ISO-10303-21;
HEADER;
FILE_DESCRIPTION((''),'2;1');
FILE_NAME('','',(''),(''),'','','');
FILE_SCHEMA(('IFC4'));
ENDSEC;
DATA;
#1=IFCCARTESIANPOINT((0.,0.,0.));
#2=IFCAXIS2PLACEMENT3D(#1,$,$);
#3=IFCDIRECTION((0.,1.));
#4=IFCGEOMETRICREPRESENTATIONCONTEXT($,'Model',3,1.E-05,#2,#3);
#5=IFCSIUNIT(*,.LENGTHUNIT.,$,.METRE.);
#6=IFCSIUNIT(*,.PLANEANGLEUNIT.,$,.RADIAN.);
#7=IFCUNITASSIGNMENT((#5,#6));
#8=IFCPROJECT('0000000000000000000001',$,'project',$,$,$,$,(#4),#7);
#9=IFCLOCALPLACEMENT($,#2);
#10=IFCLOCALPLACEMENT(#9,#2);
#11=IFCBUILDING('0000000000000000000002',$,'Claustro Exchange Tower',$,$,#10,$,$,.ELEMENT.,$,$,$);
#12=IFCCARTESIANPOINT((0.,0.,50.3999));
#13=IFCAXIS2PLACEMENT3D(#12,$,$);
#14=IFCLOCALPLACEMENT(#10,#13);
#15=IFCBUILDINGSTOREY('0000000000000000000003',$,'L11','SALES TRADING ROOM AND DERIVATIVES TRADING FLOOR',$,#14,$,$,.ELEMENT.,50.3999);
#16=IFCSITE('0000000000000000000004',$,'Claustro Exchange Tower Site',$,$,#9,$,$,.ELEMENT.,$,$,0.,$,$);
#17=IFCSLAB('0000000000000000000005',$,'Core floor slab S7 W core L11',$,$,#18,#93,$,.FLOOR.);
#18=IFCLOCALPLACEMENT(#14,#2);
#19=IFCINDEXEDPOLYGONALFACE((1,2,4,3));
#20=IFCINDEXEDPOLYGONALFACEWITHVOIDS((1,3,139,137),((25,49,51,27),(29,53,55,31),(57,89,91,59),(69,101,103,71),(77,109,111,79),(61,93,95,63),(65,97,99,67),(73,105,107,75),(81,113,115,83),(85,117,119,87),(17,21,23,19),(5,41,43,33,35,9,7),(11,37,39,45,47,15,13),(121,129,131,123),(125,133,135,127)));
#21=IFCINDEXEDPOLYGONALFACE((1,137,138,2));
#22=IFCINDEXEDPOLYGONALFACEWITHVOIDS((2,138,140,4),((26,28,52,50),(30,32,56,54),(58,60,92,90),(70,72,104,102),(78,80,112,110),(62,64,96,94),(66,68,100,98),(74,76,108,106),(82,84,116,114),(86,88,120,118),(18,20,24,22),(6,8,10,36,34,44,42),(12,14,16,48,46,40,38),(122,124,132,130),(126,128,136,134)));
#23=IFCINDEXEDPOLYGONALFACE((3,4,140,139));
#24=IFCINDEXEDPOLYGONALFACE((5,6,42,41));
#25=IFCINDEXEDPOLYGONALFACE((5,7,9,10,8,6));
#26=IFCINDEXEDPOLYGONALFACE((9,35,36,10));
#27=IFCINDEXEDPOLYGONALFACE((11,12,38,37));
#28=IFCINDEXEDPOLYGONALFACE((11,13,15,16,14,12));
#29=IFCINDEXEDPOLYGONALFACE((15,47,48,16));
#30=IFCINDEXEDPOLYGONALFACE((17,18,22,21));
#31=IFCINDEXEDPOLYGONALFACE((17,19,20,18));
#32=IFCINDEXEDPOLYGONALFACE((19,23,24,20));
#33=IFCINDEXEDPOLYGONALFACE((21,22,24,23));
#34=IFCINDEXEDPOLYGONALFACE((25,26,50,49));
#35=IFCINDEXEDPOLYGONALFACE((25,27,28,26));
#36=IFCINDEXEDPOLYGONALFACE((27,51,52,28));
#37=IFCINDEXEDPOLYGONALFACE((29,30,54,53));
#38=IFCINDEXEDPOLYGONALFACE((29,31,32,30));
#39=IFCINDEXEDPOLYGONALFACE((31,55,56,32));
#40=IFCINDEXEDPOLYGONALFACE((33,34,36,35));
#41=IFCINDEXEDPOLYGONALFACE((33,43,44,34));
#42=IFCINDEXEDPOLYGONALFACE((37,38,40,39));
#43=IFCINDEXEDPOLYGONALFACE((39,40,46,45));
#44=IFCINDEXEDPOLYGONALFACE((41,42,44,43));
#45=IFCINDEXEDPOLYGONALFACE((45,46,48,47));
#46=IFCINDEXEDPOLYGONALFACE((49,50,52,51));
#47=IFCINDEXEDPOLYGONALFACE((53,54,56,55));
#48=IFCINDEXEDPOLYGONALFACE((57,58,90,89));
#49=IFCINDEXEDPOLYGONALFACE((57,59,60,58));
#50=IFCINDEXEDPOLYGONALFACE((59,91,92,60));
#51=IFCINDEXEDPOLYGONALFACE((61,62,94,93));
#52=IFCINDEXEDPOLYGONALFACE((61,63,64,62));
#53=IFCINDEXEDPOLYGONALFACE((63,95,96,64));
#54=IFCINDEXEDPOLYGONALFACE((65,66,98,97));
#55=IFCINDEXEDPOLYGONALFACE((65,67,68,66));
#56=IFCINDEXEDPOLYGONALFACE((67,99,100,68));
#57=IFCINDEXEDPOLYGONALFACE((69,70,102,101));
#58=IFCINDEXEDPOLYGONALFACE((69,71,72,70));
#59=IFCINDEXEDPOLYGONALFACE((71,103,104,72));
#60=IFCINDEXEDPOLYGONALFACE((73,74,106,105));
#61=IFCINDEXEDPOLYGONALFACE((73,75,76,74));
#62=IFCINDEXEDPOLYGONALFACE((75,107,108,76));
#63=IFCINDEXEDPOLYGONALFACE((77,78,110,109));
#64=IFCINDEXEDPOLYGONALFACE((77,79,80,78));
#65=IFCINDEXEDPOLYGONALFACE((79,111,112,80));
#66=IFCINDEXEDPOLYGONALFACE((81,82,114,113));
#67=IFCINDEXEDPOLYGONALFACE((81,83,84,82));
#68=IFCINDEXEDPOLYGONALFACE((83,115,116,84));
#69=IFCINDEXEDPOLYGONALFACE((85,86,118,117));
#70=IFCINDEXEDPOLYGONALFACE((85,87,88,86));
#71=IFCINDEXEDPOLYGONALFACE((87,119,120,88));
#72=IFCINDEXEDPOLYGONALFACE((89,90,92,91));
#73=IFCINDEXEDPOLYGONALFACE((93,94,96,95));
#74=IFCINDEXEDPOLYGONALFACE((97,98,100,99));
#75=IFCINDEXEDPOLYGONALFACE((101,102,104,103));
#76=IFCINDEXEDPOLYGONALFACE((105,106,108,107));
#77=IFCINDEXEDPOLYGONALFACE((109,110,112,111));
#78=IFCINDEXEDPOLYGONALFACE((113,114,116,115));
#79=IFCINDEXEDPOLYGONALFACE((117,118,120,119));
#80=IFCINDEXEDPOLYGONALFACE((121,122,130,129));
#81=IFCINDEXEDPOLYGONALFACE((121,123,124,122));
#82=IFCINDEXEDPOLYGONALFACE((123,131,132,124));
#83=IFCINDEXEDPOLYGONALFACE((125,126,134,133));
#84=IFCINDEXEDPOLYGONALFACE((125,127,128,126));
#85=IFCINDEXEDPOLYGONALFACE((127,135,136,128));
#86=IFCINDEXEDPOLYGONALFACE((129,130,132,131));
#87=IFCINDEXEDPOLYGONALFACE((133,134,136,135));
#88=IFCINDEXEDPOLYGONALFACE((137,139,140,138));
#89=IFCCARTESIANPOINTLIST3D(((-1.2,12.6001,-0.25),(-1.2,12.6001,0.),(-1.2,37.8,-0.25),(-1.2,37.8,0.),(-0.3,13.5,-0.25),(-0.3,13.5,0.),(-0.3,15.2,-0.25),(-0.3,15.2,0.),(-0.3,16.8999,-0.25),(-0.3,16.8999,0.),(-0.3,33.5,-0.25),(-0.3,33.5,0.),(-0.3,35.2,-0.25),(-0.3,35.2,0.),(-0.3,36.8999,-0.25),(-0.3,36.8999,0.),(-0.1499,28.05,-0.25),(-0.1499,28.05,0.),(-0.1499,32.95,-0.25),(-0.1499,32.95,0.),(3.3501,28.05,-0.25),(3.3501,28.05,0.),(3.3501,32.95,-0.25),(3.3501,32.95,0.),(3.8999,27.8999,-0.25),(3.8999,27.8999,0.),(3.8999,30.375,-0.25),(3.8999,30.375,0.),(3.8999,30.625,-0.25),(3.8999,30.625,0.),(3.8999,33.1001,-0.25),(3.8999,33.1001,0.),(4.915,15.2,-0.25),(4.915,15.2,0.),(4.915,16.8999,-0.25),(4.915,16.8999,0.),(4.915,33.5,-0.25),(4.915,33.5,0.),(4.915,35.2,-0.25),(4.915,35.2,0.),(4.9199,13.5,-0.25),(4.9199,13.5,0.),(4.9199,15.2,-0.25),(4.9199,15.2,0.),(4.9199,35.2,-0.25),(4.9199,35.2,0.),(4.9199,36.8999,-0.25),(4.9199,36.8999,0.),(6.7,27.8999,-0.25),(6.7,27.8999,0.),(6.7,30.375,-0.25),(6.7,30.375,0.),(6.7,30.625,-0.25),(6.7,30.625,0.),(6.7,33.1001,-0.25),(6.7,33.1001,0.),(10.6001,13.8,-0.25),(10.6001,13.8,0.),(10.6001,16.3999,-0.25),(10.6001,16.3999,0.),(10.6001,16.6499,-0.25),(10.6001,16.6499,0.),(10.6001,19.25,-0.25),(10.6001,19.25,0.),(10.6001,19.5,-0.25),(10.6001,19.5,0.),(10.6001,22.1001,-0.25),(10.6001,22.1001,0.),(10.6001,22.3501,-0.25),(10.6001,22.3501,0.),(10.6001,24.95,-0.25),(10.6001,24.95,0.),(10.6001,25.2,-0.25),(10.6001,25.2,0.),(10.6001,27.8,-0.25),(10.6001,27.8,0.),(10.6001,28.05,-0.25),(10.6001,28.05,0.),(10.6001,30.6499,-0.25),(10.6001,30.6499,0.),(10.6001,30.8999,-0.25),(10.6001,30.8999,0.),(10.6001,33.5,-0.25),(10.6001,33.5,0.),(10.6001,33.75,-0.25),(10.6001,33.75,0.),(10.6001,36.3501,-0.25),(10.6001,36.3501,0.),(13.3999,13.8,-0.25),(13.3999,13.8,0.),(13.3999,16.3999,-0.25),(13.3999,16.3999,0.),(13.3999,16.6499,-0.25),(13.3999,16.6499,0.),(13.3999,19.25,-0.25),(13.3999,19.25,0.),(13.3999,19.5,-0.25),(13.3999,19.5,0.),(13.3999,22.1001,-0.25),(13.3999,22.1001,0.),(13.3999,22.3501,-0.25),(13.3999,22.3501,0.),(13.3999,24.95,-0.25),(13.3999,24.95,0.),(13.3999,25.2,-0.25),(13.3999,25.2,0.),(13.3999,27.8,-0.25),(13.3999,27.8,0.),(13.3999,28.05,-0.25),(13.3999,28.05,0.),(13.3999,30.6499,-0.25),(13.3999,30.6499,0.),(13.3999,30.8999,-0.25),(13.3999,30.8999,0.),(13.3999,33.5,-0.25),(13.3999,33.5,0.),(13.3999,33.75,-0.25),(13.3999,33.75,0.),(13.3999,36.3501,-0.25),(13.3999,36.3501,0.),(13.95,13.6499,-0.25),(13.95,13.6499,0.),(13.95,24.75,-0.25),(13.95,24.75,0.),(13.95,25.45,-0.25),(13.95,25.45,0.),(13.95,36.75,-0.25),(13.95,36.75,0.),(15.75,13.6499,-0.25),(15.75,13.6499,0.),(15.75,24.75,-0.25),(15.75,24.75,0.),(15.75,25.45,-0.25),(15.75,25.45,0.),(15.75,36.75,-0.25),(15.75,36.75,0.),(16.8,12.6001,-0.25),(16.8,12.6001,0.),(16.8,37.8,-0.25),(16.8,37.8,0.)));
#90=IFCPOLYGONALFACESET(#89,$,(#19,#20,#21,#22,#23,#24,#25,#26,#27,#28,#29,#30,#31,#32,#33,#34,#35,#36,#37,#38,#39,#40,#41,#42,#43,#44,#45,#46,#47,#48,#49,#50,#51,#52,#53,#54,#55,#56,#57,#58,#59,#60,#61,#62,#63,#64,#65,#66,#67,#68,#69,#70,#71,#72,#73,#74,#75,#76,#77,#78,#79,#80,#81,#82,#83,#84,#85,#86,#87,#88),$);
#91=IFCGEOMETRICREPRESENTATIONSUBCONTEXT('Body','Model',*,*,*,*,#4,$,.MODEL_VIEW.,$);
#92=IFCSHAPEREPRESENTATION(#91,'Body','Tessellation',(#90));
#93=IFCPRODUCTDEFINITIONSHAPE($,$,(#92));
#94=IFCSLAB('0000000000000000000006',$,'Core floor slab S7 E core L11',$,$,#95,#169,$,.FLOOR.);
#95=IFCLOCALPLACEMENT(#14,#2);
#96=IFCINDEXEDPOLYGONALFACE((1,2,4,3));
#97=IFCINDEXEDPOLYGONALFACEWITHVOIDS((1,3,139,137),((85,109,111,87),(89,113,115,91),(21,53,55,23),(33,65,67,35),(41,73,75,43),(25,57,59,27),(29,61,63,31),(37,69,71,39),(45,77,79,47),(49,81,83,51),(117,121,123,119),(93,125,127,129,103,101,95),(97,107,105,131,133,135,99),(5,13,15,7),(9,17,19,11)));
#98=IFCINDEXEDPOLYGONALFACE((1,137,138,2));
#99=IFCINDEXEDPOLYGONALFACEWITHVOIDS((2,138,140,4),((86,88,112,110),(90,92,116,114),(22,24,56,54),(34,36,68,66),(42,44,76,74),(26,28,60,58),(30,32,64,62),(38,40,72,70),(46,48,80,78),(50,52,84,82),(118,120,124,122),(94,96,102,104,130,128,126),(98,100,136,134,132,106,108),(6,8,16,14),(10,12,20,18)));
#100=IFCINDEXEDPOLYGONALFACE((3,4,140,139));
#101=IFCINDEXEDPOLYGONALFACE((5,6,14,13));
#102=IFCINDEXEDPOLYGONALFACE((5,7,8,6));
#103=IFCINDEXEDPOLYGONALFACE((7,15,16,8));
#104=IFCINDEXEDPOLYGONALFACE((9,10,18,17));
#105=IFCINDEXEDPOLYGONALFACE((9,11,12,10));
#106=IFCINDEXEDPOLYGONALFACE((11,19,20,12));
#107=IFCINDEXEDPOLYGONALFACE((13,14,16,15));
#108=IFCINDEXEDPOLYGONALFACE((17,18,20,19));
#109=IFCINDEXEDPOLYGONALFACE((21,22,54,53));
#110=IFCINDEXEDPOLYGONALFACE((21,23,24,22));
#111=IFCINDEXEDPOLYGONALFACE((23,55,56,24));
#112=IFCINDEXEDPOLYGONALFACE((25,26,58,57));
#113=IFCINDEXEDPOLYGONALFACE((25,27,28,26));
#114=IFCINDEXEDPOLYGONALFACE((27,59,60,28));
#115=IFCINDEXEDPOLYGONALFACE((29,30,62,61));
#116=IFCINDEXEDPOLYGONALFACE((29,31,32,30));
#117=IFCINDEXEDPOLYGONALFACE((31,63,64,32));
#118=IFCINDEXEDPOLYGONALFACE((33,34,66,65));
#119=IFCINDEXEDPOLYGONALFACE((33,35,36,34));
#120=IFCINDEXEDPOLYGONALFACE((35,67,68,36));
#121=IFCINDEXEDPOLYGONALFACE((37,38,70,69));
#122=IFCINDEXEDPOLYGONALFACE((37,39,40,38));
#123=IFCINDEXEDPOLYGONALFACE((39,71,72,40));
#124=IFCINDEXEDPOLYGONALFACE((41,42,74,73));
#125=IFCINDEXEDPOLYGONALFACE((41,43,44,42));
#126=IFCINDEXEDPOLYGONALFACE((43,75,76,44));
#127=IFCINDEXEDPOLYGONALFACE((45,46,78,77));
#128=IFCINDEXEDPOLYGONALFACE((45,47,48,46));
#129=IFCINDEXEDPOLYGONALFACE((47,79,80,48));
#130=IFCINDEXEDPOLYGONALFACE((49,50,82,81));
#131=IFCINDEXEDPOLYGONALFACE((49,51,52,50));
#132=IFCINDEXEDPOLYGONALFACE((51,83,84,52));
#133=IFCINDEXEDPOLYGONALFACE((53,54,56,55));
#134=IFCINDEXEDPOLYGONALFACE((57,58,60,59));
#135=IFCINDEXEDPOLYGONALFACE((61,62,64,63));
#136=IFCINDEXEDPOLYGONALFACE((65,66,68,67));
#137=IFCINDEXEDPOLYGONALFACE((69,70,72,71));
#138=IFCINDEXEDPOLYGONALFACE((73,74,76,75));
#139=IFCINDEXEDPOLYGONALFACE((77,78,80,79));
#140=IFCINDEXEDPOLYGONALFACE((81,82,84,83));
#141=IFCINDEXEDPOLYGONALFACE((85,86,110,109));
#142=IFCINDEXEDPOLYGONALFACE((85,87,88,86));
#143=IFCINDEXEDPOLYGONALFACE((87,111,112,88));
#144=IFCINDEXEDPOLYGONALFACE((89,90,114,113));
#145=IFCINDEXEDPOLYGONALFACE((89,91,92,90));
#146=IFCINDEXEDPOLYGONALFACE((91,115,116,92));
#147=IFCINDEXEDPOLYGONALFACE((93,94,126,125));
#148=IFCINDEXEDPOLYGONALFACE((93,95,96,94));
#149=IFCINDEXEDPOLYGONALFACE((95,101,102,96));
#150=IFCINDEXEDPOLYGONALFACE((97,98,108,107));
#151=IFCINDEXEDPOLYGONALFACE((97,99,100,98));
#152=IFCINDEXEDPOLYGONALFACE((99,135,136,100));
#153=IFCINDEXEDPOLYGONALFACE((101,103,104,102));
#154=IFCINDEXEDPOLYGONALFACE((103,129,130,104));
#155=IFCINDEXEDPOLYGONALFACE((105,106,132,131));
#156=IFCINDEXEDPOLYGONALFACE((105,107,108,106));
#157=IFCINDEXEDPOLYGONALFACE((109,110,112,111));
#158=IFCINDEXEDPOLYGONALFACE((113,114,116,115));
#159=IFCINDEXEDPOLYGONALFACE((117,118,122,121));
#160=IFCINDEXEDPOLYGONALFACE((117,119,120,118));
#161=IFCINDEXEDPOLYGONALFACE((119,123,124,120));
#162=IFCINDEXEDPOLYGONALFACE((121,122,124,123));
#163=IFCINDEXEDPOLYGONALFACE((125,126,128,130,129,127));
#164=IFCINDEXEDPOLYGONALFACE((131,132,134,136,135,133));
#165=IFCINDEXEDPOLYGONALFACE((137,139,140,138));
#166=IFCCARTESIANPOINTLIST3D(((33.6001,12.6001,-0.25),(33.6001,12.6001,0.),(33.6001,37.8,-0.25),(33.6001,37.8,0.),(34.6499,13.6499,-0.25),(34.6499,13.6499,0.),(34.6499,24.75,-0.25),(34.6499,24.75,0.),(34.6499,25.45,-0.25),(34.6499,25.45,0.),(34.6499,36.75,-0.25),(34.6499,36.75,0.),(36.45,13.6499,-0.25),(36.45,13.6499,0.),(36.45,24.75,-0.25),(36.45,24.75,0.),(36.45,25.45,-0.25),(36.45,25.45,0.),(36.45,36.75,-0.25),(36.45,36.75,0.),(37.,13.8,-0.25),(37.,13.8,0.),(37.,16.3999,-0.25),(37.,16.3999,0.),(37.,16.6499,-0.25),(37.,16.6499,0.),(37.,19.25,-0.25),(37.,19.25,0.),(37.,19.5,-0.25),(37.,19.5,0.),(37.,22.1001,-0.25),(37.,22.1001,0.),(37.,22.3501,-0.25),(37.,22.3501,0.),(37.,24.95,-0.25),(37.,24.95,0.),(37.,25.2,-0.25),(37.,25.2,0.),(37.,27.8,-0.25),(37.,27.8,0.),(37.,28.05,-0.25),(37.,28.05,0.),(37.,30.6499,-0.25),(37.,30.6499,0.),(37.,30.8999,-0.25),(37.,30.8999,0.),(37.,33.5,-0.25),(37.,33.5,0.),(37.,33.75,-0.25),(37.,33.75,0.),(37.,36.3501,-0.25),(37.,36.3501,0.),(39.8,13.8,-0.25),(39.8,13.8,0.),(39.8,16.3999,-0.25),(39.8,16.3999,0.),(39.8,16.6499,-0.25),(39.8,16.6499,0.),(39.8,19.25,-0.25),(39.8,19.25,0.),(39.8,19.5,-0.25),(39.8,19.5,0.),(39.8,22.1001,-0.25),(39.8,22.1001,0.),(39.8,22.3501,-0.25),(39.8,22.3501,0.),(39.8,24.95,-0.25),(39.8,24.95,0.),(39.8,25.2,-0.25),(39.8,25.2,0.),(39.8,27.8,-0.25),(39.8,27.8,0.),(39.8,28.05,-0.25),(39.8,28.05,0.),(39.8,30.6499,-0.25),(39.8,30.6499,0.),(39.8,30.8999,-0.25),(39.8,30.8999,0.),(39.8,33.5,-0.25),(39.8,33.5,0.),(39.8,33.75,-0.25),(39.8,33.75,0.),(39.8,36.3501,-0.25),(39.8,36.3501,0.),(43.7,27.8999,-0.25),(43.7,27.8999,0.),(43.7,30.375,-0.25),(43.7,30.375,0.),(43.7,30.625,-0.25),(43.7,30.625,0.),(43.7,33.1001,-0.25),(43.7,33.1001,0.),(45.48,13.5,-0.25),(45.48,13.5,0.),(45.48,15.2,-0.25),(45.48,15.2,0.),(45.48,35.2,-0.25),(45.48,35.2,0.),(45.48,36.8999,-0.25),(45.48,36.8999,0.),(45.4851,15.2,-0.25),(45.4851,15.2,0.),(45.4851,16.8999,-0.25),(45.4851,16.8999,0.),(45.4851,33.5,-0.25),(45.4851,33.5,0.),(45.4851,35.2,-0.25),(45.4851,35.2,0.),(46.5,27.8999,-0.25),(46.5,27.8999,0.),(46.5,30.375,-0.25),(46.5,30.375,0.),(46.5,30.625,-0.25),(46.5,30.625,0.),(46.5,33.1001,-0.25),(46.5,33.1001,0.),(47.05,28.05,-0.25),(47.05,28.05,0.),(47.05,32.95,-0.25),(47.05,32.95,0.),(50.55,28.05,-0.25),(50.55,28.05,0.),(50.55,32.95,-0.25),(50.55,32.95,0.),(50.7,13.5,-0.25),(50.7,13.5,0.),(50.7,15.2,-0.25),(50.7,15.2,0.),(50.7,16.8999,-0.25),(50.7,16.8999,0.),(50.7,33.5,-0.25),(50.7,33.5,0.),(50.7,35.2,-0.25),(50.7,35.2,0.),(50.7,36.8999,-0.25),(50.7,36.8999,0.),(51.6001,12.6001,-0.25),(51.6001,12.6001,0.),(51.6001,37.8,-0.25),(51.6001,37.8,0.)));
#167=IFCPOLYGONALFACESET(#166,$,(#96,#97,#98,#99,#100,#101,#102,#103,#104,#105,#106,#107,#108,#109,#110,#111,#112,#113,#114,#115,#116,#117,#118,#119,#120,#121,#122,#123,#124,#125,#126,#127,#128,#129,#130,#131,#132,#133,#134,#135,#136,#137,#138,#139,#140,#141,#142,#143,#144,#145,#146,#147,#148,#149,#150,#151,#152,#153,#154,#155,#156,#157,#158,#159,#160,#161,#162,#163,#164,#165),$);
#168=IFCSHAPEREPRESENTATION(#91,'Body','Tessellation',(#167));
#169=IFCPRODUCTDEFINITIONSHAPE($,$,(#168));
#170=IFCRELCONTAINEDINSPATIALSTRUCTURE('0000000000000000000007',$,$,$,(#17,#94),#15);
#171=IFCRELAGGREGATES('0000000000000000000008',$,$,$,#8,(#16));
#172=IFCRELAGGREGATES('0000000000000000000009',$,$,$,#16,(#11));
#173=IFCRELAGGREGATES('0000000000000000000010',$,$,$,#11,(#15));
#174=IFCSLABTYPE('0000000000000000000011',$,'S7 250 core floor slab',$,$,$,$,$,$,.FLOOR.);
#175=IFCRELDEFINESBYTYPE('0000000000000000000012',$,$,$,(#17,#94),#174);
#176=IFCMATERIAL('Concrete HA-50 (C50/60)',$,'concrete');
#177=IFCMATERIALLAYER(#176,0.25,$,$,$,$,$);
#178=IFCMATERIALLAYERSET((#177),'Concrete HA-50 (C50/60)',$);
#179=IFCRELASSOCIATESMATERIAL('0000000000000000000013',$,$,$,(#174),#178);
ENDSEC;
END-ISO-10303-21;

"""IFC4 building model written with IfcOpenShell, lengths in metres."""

from ifc_helpers import new_model, si_unit, direction, frame, origin, place, context, subcontext, project, spatial, polyline, outline, extrude, material, layer, layer_set, type_object, element, save


model = new_model("IFC4")

# Units and contexts
model_context = context("Model", 3, precision=1e-05, world=origin(), true_north=direction((0.0, 1.0)))
body_context = subcontext(model_context, "Body", "Model", "MODEL_VIEW")
ifc_project = project(units=[si_unit("LENGTHUNIT", "METRE"), si_unit("PLANEANGLEUNIT", "RADIAN")], contexts=[model_context])

# Site, building, storey
site_placement = place(None, origin())
site = spatial("IfcSite", under=ifc_project, at=site_placement, Name="Claustro Exchange Tower Site", CompositionType="ELEMENT", RefElevation=0.0)
building_placement = place(site_placement, origin())
building = spatial("IfcBuilding", under=site, at=building_placement, Name="Claustro Exchange Tower", CompositionType="ELEMENT")
storey_placement = place(building_placement, frame((0.0, 0.0, 50.3999)))
storey = spatial("IfcBuildingStorey", under=building, at=storey_placement, Name="L11", Description="SALES TRADING ROOM AND DERIVATIVES TRADING FLOOR", CompositionType="ELEMENT", Elevation=50.3999)

# Slabs
ifc_material_1 = material(Name="Concrete HA-50 (C50/60)", Category="concrete")
ifc_layer_1 = layer(ifc_material_1, 0.25)
ifc_layer_set_1 = layer_set([ifc_layer_1], Name="Concrete HA-50 (C50/60)")
slab_type_1 = type_object("IfcSlabType", Name="S7 250 core floor slab", PredefinedType="FLOOR", material=ifc_layer_set_1)
slab_1_placement = place(storey_placement, frame((0.0, 0.0, -0.25)))
element("IfcSlab", 1, at=slab_1_placement, inside=storey, type_object=slab_type_1, Name="Core floor slab S7 W core L11", PredefinedType="FLOOR", context=body_context, shape_type="SweptSolid", body=[
    extrude(outline(polyline([(-1.2, 12.6001), (16.8, 12.6001), (16.8, 37.8), (-1.2, 37.8), (-1.2, 12.6001)]), holes=[polyline([(15.75, 24.75), (15.75, 13.6499), (13.95, 13.6499), (13.95, 24.75), (15.75, 24.75)]), polyline([(15.75, 36.75), (15.75, 25.45), (13.95, 25.45), (13.95, 36.75), (15.75, 36.75)]), polyline([(10.6001, 16.3999), (13.3999, 16.3999), (13.3999, 13.8), (10.6001, 13.8), (10.6001, 16.3999)]), polyline([(13.3999, 19.25), (13.3999, 16.6499), (10.6001, 16.6499), (10.6001, 19.25), (13.3999, 19.25)]), polyline([(13.3999, 22.1001), (13.3999, 19.5), (10.6001, 19.5), (10.6001, 22.1001), (13.3999, 22.1001)]), polyline([(13.3999, 24.95), (13.3999, 22.3501), (10.6001, 22.3501), (10.6001, 24.95), (13.3999, 24.95)]), polyline([(13.3999, 27.8), (13.3999, 25.2), (10.6001, 25.2), (10.6001, 27.8), (13.3999, 27.8)]), polyline([(13.3999, 30.6499), (13.3999, 28.05), (10.6001, 28.05), (10.6001, 30.6499), (13.3999, 30.6499)]), polyline([(13.3999, 33.5), (13.3999, 30.8999), (10.6001, 30.8999), (10.6001, 33.5), (13.3999, 33.5)]), polyline([(13.3999, 36.3501), (13.3999, 33.75), (10.6001, 33.75), (10.6001, 36.3501), (13.3999, 36.3501)]), polyline([(6.7, 30.375), (6.7, 27.8999), (3.8999, 27.8999), (3.8999, 30.375), (6.7, 30.375)]), polyline([(6.7, 33.1001), (6.7, 30.625), (3.8999, 30.625), (3.8999, 33.1001), (6.7, 33.1001)]), polyline([(-0.3, 15.2), (-0.3, 16.8999), (4.915, 16.8999), (4.915, 15.2), (4.9199, 15.2), (4.9199, 13.5), (-0.3, 13.5), (-0.3, 15.2)]), polyline([(-0.3, 36.8999), (4.9199, 36.8999), (4.9199, 35.2), (4.915, 35.2), (4.915, 33.5), (-0.3, 33.5), (-0.3, 35.2), (-0.3, 36.8999)]), polyline([(3.3501, 32.95), (3.3501, 28.05), (-0.1499, 28.05), (-0.1499, 32.95), (3.3501, 32.95)])]), origin(), (0.0, 0.0, 1.0), 0.25),
])
slab_2_placement = place(storey_placement, frame((0.0, 0.0, -0.25)))
element("IfcSlab", 2, at=slab_2_placement, inside=storey, type_object=slab_type_1, Name="Core floor slab S7 E core L11", PredefinedType="FLOOR", context=body_context, shape_type="SweptSolid", body=[
    extrude(outline(polyline([(33.6001, 12.6001), (51.6001, 12.6001), (51.6001, 37.8), (33.6001, 37.8), (33.6001, 12.6001)]), holes=[polyline([(45.48, 35.2), (45.48, 36.8999), (50.7, 36.8999), (50.7, 35.2), (50.7, 33.5), (45.4851, 33.5), (45.4851, 35.2), (45.48, 35.2)]), polyline([(45.4851, 15.2), (45.4851, 16.8999), (50.7, 16.8999), (50.7, 15.2), (50.7, 13.5), (45.48, 13.5), (45.48, 15.2), (45.4851, 15.2)]), polyline([(50.55, 32.95), (50.55, 28.05), (47.05, 28.05), (47.05, 32.95), (50.55, 32.95)]), polyline([(46.5, 30.375), (46.5, 27.8999), (43.7, 27.8999), (43.7, 30.375), (46.5, 30.375)]), polyline([(46.5, 33.1001), (46.5, 30.625), (43.7, 30.625), (43.7, 33.1001), (46.5, 33.1001)]), polyline([(37.0, 16.3999), (39.8, 16.3999), (39.8, 13.8), (37.0, 13.8), (37.0, 16.3999)]), polyline([(39.8, 19.25), (39.8, 16.6499), (37.0, 16.6499), (37.0, 19.25), (39.8, 19.25)]), polyline([(39.8, 22.1001), (39.8, 19.5), (37.0, 19.5), (37.0, 22.1001), (39.8, 22.1001)]), polyline([(39.8, 24.95), (39.8, 22.3501), (37.0, 22.3501), (37.0, 24.95), (39.8, 24.95)]), polyline([(39.8, 27.8), (39.8, 25.2), (37.0, 25.2), (37.0, 27.8), (39.8, 27.8)]), polyline([(39.8, 30.6499), (39.8, 28.05), (37.0, 28.05), (37.0, 30.6499), (39.8, 30.6499)]), polyline([(39.8, 33.5), (39.8, 30.8999), (37.0, 30.8999), (37.0, 33.5), (39.8, 33.5)]), polyline([(39.8, 36.3501), (39.8, 33.75), (37.0, 33.75), (37.0, 36.3501), (39.8, 36.3501)]), polyline([(36.45, 24.75), (36.45, 13.6499), (34.6499, 13.6499), (34.6499, 24.75), (36.45, 24.75)]), polyline([(36.45, 36.75), (36.45, 25.45), (34.6499, 25.45), (34.6499, 36.75), (36.45, 36.75)])]), origin(), (0.0, 0.0, 1.0), 0.25),
])

save(model, "model.ifc")
